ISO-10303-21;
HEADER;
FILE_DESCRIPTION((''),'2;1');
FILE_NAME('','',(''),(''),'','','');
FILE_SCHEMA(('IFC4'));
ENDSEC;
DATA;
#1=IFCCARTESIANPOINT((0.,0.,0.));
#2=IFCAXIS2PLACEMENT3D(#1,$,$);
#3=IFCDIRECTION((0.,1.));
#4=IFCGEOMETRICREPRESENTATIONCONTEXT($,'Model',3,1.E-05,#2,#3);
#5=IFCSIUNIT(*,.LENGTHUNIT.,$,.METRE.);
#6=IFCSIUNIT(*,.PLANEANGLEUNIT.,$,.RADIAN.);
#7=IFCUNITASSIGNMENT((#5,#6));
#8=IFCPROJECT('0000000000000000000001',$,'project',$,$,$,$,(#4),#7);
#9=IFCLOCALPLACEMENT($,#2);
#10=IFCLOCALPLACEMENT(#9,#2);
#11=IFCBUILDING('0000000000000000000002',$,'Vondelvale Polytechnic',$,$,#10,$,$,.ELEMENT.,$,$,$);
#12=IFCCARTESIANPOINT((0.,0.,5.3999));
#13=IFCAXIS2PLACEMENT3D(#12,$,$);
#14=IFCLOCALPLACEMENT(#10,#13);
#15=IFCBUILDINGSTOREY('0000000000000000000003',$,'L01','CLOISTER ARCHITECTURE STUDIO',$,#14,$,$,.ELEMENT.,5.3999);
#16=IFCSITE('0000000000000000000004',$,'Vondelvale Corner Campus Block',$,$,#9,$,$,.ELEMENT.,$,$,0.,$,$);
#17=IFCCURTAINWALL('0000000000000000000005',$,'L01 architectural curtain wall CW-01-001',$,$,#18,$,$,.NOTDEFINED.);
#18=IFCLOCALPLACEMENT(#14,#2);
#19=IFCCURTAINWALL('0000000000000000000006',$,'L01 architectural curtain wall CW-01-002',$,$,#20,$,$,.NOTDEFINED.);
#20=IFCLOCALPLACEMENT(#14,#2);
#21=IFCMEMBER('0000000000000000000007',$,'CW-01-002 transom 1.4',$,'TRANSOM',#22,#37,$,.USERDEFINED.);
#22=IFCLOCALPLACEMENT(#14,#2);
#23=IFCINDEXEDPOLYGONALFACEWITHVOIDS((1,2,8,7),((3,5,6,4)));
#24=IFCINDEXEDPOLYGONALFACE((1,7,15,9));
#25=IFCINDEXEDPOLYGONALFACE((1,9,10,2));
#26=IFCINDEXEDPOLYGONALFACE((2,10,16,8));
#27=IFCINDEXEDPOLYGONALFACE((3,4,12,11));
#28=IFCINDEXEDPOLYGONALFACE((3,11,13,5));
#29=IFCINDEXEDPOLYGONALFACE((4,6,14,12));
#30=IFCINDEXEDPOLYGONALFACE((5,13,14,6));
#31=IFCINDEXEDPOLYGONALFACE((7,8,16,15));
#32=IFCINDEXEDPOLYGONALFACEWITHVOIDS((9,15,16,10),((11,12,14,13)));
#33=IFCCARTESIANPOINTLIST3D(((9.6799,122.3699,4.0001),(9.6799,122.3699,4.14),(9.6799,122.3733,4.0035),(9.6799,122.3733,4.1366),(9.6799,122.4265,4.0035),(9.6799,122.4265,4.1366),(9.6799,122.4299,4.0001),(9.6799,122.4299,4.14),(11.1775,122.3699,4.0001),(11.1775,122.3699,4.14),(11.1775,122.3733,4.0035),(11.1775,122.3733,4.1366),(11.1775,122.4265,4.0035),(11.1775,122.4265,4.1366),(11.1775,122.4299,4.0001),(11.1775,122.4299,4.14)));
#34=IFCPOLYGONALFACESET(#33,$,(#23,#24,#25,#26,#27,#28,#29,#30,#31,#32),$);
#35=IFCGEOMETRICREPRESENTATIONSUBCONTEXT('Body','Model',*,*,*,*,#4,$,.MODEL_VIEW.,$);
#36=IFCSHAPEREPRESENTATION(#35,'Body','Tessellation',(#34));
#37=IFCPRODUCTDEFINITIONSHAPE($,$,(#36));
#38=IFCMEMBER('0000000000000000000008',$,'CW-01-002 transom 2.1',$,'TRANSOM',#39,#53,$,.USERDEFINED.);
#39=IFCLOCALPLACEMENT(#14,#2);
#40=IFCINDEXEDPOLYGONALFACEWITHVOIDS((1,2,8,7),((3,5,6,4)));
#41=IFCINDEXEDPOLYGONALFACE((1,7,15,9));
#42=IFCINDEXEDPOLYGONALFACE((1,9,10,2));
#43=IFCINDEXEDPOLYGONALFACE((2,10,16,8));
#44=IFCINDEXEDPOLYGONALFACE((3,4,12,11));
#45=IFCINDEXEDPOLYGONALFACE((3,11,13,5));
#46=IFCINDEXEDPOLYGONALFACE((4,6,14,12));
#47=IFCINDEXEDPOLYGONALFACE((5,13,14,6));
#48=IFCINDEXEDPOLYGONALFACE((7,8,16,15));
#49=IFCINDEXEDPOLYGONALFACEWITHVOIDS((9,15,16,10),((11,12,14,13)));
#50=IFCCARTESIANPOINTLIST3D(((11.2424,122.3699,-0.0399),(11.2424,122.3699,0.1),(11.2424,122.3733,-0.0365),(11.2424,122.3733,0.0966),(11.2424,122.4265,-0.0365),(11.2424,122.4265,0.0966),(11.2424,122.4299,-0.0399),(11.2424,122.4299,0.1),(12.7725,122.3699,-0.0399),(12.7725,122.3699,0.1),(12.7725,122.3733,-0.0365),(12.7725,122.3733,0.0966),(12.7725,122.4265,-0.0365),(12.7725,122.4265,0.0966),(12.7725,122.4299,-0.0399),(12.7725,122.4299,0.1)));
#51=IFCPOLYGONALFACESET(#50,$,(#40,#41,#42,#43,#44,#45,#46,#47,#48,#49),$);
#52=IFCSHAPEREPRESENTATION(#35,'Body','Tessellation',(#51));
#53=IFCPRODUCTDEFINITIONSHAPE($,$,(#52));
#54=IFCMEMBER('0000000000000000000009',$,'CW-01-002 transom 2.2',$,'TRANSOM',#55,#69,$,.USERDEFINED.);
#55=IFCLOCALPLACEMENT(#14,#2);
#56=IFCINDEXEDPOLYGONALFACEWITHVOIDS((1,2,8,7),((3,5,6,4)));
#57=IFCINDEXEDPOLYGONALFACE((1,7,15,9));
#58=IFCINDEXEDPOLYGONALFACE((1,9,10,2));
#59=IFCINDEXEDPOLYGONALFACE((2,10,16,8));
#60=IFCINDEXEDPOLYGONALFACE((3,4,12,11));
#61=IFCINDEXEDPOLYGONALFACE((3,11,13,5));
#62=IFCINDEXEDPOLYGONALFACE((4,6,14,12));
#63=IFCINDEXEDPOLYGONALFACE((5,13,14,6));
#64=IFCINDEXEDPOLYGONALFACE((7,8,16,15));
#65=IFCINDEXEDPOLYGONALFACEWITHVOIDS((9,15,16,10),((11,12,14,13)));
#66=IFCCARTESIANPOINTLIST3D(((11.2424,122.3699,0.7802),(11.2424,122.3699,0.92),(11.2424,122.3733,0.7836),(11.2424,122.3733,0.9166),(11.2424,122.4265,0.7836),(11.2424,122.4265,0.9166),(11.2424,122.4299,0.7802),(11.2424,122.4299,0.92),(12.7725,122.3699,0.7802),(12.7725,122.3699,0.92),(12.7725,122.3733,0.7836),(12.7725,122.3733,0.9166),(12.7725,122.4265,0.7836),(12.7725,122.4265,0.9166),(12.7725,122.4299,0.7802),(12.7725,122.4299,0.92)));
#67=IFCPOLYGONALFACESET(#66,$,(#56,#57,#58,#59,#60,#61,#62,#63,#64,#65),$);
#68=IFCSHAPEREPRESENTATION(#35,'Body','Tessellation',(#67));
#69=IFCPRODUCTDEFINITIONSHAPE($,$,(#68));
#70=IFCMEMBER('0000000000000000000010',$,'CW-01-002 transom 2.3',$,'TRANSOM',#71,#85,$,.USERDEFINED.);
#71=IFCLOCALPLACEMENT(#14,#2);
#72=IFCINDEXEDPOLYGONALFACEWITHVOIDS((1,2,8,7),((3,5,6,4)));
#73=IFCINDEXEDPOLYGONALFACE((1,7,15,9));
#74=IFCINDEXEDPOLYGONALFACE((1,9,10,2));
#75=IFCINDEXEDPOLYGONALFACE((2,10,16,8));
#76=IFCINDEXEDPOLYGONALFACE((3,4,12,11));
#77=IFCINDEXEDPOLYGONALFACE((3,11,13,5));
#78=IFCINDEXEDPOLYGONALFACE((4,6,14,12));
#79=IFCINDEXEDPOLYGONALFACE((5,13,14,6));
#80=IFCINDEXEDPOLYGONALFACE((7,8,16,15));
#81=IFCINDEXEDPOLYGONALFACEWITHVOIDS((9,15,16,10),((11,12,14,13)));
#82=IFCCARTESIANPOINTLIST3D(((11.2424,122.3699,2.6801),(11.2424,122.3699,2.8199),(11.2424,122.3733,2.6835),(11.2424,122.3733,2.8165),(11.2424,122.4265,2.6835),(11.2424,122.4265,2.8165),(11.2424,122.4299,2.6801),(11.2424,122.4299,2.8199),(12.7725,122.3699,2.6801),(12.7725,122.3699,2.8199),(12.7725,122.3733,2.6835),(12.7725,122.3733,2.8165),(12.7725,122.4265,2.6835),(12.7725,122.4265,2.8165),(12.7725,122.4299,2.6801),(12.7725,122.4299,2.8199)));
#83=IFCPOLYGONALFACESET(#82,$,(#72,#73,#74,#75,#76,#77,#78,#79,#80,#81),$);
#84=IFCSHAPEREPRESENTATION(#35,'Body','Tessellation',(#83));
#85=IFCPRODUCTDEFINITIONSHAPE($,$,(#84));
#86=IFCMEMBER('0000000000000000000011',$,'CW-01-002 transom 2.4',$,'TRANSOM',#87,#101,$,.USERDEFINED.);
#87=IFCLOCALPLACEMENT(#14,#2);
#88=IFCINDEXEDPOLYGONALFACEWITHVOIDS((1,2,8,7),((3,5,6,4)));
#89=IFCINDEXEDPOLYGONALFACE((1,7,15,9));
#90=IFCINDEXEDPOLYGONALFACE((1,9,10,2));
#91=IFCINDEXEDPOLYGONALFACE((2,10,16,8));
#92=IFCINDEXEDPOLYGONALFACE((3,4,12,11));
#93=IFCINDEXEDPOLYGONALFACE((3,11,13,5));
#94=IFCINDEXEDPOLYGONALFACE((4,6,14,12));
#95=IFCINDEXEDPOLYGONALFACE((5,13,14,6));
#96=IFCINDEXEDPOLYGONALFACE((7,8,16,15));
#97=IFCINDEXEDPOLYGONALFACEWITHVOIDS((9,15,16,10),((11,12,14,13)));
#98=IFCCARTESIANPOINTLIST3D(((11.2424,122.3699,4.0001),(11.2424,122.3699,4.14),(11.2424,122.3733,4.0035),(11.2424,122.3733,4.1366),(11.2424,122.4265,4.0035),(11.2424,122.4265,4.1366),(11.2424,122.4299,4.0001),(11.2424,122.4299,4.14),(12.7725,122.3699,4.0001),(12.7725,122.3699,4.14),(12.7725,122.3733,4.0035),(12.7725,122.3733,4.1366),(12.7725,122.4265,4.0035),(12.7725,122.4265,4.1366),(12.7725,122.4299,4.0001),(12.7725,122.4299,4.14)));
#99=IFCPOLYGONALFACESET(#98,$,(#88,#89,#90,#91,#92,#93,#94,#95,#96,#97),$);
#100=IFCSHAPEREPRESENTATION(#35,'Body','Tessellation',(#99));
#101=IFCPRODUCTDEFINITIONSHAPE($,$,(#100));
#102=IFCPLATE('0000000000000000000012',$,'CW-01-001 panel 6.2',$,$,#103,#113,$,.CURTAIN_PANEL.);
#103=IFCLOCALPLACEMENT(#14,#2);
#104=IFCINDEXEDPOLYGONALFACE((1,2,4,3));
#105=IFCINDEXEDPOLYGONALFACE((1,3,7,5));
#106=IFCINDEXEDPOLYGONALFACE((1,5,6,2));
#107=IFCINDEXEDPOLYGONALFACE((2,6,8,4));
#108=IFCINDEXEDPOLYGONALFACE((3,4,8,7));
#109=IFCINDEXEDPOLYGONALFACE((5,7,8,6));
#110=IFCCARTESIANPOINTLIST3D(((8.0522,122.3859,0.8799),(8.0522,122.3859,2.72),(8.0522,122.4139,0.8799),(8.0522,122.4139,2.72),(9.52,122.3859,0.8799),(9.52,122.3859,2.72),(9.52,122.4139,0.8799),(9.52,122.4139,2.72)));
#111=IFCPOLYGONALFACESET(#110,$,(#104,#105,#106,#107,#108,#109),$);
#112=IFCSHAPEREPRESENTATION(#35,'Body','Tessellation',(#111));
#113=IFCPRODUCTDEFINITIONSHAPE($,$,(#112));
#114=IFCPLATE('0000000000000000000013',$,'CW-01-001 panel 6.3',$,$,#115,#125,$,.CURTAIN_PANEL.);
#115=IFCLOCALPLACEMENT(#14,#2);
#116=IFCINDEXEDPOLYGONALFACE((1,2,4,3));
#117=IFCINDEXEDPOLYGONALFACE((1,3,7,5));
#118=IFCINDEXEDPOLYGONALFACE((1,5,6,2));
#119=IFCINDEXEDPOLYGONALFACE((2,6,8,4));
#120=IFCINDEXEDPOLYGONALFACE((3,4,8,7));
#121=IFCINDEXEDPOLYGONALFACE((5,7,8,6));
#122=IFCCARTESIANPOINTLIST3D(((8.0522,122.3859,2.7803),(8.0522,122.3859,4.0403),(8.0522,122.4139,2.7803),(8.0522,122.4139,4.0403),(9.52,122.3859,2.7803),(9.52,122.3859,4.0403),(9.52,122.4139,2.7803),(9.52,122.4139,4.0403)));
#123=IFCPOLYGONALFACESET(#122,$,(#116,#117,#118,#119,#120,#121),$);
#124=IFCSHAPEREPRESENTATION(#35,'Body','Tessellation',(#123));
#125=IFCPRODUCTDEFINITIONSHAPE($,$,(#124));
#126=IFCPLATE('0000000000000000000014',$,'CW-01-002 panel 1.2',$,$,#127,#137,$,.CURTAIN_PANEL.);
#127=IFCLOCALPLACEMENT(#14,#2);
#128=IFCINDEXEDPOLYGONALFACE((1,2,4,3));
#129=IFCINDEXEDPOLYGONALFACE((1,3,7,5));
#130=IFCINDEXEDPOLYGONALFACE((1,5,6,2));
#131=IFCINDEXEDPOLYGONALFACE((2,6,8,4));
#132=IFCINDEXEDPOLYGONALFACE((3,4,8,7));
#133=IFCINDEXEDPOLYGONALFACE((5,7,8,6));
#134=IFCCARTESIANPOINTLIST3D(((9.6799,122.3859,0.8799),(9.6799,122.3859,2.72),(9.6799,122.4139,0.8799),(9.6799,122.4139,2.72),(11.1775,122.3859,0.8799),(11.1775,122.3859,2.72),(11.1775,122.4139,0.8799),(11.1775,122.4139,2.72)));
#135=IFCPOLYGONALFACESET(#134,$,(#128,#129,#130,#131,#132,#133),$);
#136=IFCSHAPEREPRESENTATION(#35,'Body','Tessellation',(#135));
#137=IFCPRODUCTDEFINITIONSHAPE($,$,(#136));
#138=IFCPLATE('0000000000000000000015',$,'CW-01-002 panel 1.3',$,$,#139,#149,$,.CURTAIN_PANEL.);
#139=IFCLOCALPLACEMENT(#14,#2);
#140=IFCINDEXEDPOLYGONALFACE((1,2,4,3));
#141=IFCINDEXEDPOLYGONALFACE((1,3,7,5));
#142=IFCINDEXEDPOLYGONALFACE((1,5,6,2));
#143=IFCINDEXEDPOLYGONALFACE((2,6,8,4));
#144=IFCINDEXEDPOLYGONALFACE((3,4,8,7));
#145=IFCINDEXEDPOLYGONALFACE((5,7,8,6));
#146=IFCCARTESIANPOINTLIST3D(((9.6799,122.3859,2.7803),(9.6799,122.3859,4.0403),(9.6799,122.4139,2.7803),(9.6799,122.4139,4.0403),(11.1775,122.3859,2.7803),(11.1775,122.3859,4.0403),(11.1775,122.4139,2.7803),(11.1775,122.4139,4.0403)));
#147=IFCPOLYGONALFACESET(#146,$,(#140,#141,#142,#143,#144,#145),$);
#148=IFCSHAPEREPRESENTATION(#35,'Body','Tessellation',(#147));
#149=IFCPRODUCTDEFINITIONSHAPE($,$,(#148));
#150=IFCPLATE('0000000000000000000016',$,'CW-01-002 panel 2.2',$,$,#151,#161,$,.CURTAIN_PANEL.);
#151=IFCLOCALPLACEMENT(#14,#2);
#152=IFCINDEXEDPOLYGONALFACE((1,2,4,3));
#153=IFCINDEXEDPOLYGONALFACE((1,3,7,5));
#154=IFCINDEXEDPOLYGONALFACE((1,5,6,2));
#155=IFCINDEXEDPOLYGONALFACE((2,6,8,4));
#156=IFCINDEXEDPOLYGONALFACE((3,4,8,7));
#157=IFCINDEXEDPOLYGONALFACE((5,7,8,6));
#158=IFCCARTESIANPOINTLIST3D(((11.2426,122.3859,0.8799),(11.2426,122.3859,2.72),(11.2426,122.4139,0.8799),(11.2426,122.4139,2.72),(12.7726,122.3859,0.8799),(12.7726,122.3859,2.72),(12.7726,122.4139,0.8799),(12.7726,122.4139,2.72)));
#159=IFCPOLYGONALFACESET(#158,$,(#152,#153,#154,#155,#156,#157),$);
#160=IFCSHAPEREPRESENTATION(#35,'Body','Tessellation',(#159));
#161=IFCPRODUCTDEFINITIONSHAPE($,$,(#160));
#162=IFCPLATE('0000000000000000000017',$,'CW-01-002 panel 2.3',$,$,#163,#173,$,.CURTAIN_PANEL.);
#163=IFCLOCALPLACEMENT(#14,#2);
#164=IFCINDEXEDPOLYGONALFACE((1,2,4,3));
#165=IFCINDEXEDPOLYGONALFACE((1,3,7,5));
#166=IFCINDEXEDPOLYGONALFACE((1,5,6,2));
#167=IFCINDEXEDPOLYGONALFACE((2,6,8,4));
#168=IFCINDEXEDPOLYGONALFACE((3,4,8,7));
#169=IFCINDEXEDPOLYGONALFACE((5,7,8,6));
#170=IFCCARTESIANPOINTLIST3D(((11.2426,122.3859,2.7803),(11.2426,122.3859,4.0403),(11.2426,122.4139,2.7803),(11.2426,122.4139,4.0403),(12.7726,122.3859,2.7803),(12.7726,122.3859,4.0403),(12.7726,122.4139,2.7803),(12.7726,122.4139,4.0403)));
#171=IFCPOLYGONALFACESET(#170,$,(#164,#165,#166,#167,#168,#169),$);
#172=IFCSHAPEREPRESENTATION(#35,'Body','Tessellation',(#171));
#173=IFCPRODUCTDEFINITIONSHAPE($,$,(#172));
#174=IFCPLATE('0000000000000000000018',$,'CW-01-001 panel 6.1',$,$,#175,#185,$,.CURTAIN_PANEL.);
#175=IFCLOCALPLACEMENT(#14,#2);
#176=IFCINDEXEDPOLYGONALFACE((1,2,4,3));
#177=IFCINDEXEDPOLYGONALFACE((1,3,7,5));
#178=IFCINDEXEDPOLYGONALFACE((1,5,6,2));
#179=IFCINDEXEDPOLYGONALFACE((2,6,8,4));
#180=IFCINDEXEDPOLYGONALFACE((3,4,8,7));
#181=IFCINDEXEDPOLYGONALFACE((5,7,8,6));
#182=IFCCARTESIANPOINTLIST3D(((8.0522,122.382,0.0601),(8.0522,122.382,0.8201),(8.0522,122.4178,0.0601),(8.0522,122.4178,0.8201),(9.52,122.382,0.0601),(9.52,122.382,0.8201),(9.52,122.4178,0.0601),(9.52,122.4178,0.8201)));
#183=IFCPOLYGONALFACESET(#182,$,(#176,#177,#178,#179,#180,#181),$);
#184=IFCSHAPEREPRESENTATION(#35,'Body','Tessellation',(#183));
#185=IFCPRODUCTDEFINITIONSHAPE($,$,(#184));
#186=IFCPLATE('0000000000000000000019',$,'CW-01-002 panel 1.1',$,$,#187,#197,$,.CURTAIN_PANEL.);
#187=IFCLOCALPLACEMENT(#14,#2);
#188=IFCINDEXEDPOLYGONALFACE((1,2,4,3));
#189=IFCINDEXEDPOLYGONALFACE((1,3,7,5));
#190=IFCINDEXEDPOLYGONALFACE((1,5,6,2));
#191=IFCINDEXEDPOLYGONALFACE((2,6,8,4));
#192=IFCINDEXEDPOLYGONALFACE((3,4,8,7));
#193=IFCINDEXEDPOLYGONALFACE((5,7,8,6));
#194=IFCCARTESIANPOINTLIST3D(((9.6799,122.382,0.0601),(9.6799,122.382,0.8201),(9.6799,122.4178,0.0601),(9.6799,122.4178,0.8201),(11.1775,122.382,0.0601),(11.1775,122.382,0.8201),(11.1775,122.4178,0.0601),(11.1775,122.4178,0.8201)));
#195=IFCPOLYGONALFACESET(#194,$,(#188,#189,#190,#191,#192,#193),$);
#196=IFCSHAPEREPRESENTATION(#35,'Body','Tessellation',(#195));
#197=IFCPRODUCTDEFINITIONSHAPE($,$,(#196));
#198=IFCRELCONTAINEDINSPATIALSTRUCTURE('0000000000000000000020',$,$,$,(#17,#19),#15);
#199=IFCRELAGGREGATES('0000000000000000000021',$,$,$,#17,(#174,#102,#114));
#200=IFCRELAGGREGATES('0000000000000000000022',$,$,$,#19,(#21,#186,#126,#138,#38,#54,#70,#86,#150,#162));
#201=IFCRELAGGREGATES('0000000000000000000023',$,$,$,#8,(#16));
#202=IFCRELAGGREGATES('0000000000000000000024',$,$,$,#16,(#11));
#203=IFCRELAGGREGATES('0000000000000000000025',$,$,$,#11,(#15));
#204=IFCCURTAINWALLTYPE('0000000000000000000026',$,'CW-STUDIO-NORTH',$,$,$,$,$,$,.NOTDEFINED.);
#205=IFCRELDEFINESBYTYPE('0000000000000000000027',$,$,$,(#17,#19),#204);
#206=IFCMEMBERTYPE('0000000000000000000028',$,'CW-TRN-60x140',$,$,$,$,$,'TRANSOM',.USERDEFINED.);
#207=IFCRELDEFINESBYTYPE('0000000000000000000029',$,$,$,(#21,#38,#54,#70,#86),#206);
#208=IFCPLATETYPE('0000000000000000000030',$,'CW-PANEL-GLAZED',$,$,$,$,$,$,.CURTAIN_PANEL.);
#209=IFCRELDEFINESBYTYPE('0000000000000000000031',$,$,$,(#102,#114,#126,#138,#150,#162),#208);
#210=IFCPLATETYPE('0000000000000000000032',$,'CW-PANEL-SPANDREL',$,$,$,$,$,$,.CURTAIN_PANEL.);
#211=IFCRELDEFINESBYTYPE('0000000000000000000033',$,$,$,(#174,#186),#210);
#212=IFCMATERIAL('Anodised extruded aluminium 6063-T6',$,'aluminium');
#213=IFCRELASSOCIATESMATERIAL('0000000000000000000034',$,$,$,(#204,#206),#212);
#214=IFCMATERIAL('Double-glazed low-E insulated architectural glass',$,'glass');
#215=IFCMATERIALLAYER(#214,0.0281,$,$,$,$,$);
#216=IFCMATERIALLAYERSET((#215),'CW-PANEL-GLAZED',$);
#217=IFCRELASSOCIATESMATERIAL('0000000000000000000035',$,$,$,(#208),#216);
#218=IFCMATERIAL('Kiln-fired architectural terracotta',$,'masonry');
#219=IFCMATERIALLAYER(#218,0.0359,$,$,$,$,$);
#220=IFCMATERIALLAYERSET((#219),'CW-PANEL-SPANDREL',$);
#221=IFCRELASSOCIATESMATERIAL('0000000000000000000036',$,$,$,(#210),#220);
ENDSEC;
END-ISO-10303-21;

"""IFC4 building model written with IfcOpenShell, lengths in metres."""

from ifc_helpers import new_model, si_unit, direction, frame, origin, origin_2d, place, context, subcontext, project, spatial, rectangle, hollow_rectangle, extrude, material, layer, layer_set, material_profile, profile_set, type_object, element, aggregate, save


model = new_model("IFC4")

# Units and contexts
model_context = context("Model", 3, precision=1e-05, world=origin(), true_north=direction((0.0, 1.0)))
body_context = subcontext(model_context, "Body", "Model", "MODEL_VIEW")
ifc_project = project(units=[si_unit("LENGTHUNIT", "METRE"), si_unit("PLANEANGLEUNIT", "RADIAN")], contexts=[model_context])

# Site, building, storey
site_placement = place(None, origin())
site = spatial("IfcSite", under=ifc_project, at=site_placement, Name="Vondelvale Corner Campus Block", CompositionType="ELEMENT", RefElevation=0.0)
building_placement = place(site_placement, origin())
building = spatial("IfcBuilding", under=site, at=building_placement, Name="Vondelvale Polytechnic", CompositionType="ELEMENT")
storey_placement = place(building_placement, frame((0.0, 0.0, 5.3999)))
storey = spatial("IfcBuildingStorey", under=building, at=storey_placement, Name="L01", Description="CLOISTER ARCHITECTURE STUDIO", CompositionType="ELEMENT", Elevation=5.3999)

# Curtain walls
ifc_material_1 = material(Name="Anodised extruded aluminium 6063-T6", Category="aluminium")
curtain_wall_type = type_object("IfcCurtainWallType", Name="CW-STUDIO-NORTH", PredefinedType="NOTDEFINED", material=ifc_material_1)
curtain_wall_1_placement = place(storey_placement, origin())
curtain_wall_1 = element("IfcCurtainWall", 1, at=curtain_wall_1_placement, inside=storey, type_object=curtain_wall_type, Name="L01 architectural curtain wall CW-01-001", PredefinedType="NOTDEFINED")
curtain_wall_2_placement = place(storey_placement, origin())
curtain_wall_2 = element("IfcCurtainWall", 2, at=curtain_wall_2_placement, inside=storey, type_object=curtain_wall_type, Name="L01 architectural curtain wall CW-01-002", PredefinedType="NOTDEFINED")

# Members
ifc_material_profile_1 = material_profile(ifc_material_1, hollow_rectangle(XDim=0.0601, YDim=0.1399, WallThickness=0.0034, at=origin_2d()), Name="CW-TRN-140x60")
ifc_profile_set_1 = profile_set([ifc_material_profile_1], Name="Anodised extruded aluminium 6063-T6")
member_type_1 = type_object("IfcMemberType", Name="CW-TRN-60x140", ElementType="TRANSOM", PredefinedType="USERDEFINED", material=ifc_profile_set_1)
member_1_placement = place(storey_placement, frame((9.6799, 122.3999, 4.0701), z_axis=(1.0, 0.0, 0.0), x_axis=(0.0, 1.0, 0.0)))
member_1 = element("IfcMember", 3, at=member_1_placement, type_object=member_type_1, Name="CW-01-002 transom 1.4", ObjectType="TRANSOM", PredefinedType="USERDEFINED", context=body_context, shape_type="SweptSolid", body=[
    extrude(hollow_rectangle(XDim=0.0601, YDim=0.1399, WallThickness=0.0034, at=origin_2d()), origin(), (0.0, 0.0, 1.0), 1.4976),
])
member_2_placement = place(storey_placement, frame((11.2424, 122.3999, 0.03), z_axis=(1.0, 0.0, 0.0), x_axis=(0.0, 1.0, 0.0)))
member_2 = element("IfcMember", 4, at=member_2_placement, type_object=member_type_1, Name="CW-01-002 transom 2.1", ObjectType="TRANSOM", PredefinedType="USERDEFINED", context=body_context, shape_type="SweptSolid", body=[
    extrude(hollow_rectangle(XDim=0.0601, YDim=0.1399, WallThickness=0.0034, at=origin_2d()), origin(), (0.0, 0.0, 1.0), 1.53),
])
member_3_placement = place(storey_placement, frame((11.2424, 122.3999, 0.8501), z_axis=(1.0, 0.0, 0.0), x_axis=(0.0, 1.0, 0.0)))
member_3 = element("IfcMember", 5, at=member_3_placement, type_object=member_type_1, Name="CW-01-002 transom 2.2", ObjectType="TRANSOM", PredefinedType="USERDEFINED", context=body_context, shape_type="SweptSolid", body=[
    extrude(hollow_rectangle(XDim=0.0601, YDim=0.1399, WallThickness=0.0034, at=origin_2d()), origin(), (0.0, 0.0, 1.0), 1.53),
])
member_4_placement = place(storey_placement, frame((11.2424, 122.3999, 2.75), z_axis=(1.0, 0.0, 0.0), x_axis=(0.0, 1.0, 0.0)))
member_4 = element("IfcMember", 6, at=member_4_placement, type_object=member_type_1, Name="CW-01-002 transom 2.3", ObjectType="TRANSOM", PredefinedType="USERDEFINED", context=body_context, shape_type="SweptSolid", body=[
    extrude(hollow_rectangle(XDim=0.0601, YDim=0.1399, WallThickness=0.0034, at=origin_2d()), origin(), (0.0, 0.0, 1.0), 1.53),
])
member_5_placement = place(storey_placement, frame((11.2424, 122.3999, 4.0701), z_axis=(1.0, 0.0, 0.0), x_axis=(0.0, 1.0, 0.0)))
member_5 = element("IfcMember", 7, at=member_5_placement, type_object=member_type_1, Name="CW-01-002 transom 2.4", ObjectType="TRANSOM", PredefinedType="USERDEFINED", context=body_context, shape_type="SweptSolid", body=[
    extrude(hollow_rectangle(XDim=0.0601, YDim=0.1399, WallThickness=0.0034, at=origin_2d()), origin(), (0.0, 0.0, 1.0), 1.53),
])

# Plates
ifc_material_2 = material(Name="Double-glazed low-E insulated architectural glass", Category="glass")
ifc_layer_1 = layer(ifc_material_2, 0.0281)
ifc_layer_set_1 = layer_set([ifc_layer_1], Name="CW-PANEL-GLAZED")
plate_type_1 = type_object("IfcPlateType", Name="CW-PANEL-GLAZED", PredefinedType="CURTAIN_PANEL", material=ifc_layer_set_1)
plate_1_placement = place(storey_placement, frame((8.7861, 122.3999, 0.8799), z_axis=(0.0, 0.0, 1.0), x_axis=(1.0, 0.0, 0.0)))
plate_1 = element("IfcPlate", 8, at=plate_1_placement, type_object=plate_type_1, Name="CW-01-001 panel 6.2", PredefinedType="CURTAIN_PANEL", context=body_context, shape_type="SweptSolid", body=[
    extrude(rectangle(XDim=1.4678, YDim=0.0281, at=origin_2d()), origin(), (0.0, 0.0, 1.0), 1.8401),
])
plate_2_placement = place(storey_placement, frame((8.7861, 122.3999, 2.7803), z_axis=(0.0, 0.0, 1.0), x_axis=(1.0, 0.0, 0.0)))
plate_2 = element("IfcPlate", 9, at=plate_2_placement, type_object=plate_type_1, Name="CW-01-001 panel 6.3", PredefinedType="CURTAIN_PANEL", context=body_context, shape_type="SweptSolid", body=[
    extrude(rectangle(XDim=1.4678, YDim=0.0281, at=origin_2d()), origin(), (0.0, 0.0, 1.0), 1.26),
])
plate_3_placement = place(storey_placement, frame((10.4287, 122.3999, 0.8799), z_axis=(0.0, 0.0, 1.0), x_axis=(1.0, 0.0, 0.0)))
plate_3 = element("IfcPlate", 10, at=plate_3_placement, type_object=plate_type_1, Name="CW-01-002 panel 1.2", PredefinedType="CURTAIN_PANEL", context=body_context, shape_type="SweptSolid", body=[
    extrude(rectangle(XDim=1.4976, YDim=0.0281, at=origin_2d()), origin(), (0.0, 0.0, 1.0), 1.8401),
])
plate_4_placement = place(storey_placement, frame((10.4287, 122.3999, 2.7803), z_axis=(0.0, 0.0, 1.0), x_axis=(1.0, 0.0, 0.0)))
plate_4 = element("IfcPlate", 11, at=plate_4_placement, type_object=plate_type_1, Name="CW-01-002 panel 1.3", PredefinedType="CURTAIN_PANEL", context=body_context, shape_type="SweptSolid", body=[
    extrude(rectangle(XDim=1.4976, YDim=0.0281, at=origin_2d()), origin(), (0.0, 0.0, 1.0), 1.26),
])
plate_5_placement = place(storey_placement, frame((12.0076, 122.3999, 0.8799), z_axis=(0.0, 0.0, 1.0), x_axis=(1.0, 0.0, 0.0)))
plate_5 = element("IfcPlate", 12, at=plate_5_placement, type_object=plate_type_1, Name="CW-01-002 panel 2.2", PredefinedType="CURTAIN_PANEL", context=body_context, shape_type="SweptSolid", body=[
    extrude(rectangle(XDim=1.53, YDim=0.0281, at=origin_2d()), origin(), (0.0, 0.0, 1.0), 1.8401),
])
plate_6_placement = place(storey_placement, frame((12.0076, 122.3999, 2.7803), z_axis=(0.0, 0.0, 1.0), x_axis=(1.0, 0.0, 0.0)))
plate_6 = element("IfcPlate", 13, at=plate_6_placement, type_object=plate_type_1, Name="CW-01-002 panel 2.3", PredefinedType="CURTAIN_PANEL", context=body_context, shape_type="SweptSolid", body=[
    extrude(rectangle(XDim=1.53, YDim=0.0281, at=origin_2d()), origin(), (0.0, 0.0, 1.0), 1.26),
])
ifc_material_3 = material(Name="Kiln-fired architectural terracotta", Category="masonry")
ifc_layer_2 = layer(ifc_material_3, 0.0359)
ifc_layer_set_2 = layer_set([ifc_layer_2], Name="CW-PANEL-SPANDREL")
plate_type_2 = type_object("IfcPlateType", Name="CW-PANEL-SPANDREL", PredefinedType="CURTAIN_PANEL", material=ifc_layer_set_2)
plate_7_placement = place(storey_placement, frame((8.7861, 122.3999, 0.0601), z_axis=(0.0, 0.0, 1.0), x_axis=(1.0, 0.0, 0.0)))
plate_7 = element("IfcPlate", 14, at=plate_7_placement, type_object=plate_type_2, Name="CW-01-001 panel 6.1", PredefinedType="CURTAIN_PANEL", context=body_context, shape_type="SweptSolid", body=[
    extrude(rectangle(XDim=1.4678, YDim=0.0359, at=origin_2d()), origin(), (0.0, 0.0, 1.0), 0.76),
])
aggregate(curtain_wall_1, [plate_7, plate_1, plate_2])
plate_8_placement = place(storey_placement, frame((10.4287, 122.3999, 0.0601), z_axis=(0.0, 0.0, 1.0), x_axis=(1.0, 0.0, 0.0)))
plate_8 = element("IfcPlate", 15, at=plate_8_placement, type_object=plate_type_2, Name="CW-01-002 panel 1.1", PredefinedType="CURTAIN_PANEL", context=body_context, shape_type="SweptSolid", body=[
    extrude(rectangle(XDim=1.4976, YDim=0.0359, at=origin_2d()), origin(), (0.0, 0.0, 1.0), 0.76),
])
aggregate(curtain_wall_2, [member_1, plate_8, plate_3, plate_4, member_2, member_3, member_4, member_5, plate_5, plate_6])

save(model, "model.ifc")
